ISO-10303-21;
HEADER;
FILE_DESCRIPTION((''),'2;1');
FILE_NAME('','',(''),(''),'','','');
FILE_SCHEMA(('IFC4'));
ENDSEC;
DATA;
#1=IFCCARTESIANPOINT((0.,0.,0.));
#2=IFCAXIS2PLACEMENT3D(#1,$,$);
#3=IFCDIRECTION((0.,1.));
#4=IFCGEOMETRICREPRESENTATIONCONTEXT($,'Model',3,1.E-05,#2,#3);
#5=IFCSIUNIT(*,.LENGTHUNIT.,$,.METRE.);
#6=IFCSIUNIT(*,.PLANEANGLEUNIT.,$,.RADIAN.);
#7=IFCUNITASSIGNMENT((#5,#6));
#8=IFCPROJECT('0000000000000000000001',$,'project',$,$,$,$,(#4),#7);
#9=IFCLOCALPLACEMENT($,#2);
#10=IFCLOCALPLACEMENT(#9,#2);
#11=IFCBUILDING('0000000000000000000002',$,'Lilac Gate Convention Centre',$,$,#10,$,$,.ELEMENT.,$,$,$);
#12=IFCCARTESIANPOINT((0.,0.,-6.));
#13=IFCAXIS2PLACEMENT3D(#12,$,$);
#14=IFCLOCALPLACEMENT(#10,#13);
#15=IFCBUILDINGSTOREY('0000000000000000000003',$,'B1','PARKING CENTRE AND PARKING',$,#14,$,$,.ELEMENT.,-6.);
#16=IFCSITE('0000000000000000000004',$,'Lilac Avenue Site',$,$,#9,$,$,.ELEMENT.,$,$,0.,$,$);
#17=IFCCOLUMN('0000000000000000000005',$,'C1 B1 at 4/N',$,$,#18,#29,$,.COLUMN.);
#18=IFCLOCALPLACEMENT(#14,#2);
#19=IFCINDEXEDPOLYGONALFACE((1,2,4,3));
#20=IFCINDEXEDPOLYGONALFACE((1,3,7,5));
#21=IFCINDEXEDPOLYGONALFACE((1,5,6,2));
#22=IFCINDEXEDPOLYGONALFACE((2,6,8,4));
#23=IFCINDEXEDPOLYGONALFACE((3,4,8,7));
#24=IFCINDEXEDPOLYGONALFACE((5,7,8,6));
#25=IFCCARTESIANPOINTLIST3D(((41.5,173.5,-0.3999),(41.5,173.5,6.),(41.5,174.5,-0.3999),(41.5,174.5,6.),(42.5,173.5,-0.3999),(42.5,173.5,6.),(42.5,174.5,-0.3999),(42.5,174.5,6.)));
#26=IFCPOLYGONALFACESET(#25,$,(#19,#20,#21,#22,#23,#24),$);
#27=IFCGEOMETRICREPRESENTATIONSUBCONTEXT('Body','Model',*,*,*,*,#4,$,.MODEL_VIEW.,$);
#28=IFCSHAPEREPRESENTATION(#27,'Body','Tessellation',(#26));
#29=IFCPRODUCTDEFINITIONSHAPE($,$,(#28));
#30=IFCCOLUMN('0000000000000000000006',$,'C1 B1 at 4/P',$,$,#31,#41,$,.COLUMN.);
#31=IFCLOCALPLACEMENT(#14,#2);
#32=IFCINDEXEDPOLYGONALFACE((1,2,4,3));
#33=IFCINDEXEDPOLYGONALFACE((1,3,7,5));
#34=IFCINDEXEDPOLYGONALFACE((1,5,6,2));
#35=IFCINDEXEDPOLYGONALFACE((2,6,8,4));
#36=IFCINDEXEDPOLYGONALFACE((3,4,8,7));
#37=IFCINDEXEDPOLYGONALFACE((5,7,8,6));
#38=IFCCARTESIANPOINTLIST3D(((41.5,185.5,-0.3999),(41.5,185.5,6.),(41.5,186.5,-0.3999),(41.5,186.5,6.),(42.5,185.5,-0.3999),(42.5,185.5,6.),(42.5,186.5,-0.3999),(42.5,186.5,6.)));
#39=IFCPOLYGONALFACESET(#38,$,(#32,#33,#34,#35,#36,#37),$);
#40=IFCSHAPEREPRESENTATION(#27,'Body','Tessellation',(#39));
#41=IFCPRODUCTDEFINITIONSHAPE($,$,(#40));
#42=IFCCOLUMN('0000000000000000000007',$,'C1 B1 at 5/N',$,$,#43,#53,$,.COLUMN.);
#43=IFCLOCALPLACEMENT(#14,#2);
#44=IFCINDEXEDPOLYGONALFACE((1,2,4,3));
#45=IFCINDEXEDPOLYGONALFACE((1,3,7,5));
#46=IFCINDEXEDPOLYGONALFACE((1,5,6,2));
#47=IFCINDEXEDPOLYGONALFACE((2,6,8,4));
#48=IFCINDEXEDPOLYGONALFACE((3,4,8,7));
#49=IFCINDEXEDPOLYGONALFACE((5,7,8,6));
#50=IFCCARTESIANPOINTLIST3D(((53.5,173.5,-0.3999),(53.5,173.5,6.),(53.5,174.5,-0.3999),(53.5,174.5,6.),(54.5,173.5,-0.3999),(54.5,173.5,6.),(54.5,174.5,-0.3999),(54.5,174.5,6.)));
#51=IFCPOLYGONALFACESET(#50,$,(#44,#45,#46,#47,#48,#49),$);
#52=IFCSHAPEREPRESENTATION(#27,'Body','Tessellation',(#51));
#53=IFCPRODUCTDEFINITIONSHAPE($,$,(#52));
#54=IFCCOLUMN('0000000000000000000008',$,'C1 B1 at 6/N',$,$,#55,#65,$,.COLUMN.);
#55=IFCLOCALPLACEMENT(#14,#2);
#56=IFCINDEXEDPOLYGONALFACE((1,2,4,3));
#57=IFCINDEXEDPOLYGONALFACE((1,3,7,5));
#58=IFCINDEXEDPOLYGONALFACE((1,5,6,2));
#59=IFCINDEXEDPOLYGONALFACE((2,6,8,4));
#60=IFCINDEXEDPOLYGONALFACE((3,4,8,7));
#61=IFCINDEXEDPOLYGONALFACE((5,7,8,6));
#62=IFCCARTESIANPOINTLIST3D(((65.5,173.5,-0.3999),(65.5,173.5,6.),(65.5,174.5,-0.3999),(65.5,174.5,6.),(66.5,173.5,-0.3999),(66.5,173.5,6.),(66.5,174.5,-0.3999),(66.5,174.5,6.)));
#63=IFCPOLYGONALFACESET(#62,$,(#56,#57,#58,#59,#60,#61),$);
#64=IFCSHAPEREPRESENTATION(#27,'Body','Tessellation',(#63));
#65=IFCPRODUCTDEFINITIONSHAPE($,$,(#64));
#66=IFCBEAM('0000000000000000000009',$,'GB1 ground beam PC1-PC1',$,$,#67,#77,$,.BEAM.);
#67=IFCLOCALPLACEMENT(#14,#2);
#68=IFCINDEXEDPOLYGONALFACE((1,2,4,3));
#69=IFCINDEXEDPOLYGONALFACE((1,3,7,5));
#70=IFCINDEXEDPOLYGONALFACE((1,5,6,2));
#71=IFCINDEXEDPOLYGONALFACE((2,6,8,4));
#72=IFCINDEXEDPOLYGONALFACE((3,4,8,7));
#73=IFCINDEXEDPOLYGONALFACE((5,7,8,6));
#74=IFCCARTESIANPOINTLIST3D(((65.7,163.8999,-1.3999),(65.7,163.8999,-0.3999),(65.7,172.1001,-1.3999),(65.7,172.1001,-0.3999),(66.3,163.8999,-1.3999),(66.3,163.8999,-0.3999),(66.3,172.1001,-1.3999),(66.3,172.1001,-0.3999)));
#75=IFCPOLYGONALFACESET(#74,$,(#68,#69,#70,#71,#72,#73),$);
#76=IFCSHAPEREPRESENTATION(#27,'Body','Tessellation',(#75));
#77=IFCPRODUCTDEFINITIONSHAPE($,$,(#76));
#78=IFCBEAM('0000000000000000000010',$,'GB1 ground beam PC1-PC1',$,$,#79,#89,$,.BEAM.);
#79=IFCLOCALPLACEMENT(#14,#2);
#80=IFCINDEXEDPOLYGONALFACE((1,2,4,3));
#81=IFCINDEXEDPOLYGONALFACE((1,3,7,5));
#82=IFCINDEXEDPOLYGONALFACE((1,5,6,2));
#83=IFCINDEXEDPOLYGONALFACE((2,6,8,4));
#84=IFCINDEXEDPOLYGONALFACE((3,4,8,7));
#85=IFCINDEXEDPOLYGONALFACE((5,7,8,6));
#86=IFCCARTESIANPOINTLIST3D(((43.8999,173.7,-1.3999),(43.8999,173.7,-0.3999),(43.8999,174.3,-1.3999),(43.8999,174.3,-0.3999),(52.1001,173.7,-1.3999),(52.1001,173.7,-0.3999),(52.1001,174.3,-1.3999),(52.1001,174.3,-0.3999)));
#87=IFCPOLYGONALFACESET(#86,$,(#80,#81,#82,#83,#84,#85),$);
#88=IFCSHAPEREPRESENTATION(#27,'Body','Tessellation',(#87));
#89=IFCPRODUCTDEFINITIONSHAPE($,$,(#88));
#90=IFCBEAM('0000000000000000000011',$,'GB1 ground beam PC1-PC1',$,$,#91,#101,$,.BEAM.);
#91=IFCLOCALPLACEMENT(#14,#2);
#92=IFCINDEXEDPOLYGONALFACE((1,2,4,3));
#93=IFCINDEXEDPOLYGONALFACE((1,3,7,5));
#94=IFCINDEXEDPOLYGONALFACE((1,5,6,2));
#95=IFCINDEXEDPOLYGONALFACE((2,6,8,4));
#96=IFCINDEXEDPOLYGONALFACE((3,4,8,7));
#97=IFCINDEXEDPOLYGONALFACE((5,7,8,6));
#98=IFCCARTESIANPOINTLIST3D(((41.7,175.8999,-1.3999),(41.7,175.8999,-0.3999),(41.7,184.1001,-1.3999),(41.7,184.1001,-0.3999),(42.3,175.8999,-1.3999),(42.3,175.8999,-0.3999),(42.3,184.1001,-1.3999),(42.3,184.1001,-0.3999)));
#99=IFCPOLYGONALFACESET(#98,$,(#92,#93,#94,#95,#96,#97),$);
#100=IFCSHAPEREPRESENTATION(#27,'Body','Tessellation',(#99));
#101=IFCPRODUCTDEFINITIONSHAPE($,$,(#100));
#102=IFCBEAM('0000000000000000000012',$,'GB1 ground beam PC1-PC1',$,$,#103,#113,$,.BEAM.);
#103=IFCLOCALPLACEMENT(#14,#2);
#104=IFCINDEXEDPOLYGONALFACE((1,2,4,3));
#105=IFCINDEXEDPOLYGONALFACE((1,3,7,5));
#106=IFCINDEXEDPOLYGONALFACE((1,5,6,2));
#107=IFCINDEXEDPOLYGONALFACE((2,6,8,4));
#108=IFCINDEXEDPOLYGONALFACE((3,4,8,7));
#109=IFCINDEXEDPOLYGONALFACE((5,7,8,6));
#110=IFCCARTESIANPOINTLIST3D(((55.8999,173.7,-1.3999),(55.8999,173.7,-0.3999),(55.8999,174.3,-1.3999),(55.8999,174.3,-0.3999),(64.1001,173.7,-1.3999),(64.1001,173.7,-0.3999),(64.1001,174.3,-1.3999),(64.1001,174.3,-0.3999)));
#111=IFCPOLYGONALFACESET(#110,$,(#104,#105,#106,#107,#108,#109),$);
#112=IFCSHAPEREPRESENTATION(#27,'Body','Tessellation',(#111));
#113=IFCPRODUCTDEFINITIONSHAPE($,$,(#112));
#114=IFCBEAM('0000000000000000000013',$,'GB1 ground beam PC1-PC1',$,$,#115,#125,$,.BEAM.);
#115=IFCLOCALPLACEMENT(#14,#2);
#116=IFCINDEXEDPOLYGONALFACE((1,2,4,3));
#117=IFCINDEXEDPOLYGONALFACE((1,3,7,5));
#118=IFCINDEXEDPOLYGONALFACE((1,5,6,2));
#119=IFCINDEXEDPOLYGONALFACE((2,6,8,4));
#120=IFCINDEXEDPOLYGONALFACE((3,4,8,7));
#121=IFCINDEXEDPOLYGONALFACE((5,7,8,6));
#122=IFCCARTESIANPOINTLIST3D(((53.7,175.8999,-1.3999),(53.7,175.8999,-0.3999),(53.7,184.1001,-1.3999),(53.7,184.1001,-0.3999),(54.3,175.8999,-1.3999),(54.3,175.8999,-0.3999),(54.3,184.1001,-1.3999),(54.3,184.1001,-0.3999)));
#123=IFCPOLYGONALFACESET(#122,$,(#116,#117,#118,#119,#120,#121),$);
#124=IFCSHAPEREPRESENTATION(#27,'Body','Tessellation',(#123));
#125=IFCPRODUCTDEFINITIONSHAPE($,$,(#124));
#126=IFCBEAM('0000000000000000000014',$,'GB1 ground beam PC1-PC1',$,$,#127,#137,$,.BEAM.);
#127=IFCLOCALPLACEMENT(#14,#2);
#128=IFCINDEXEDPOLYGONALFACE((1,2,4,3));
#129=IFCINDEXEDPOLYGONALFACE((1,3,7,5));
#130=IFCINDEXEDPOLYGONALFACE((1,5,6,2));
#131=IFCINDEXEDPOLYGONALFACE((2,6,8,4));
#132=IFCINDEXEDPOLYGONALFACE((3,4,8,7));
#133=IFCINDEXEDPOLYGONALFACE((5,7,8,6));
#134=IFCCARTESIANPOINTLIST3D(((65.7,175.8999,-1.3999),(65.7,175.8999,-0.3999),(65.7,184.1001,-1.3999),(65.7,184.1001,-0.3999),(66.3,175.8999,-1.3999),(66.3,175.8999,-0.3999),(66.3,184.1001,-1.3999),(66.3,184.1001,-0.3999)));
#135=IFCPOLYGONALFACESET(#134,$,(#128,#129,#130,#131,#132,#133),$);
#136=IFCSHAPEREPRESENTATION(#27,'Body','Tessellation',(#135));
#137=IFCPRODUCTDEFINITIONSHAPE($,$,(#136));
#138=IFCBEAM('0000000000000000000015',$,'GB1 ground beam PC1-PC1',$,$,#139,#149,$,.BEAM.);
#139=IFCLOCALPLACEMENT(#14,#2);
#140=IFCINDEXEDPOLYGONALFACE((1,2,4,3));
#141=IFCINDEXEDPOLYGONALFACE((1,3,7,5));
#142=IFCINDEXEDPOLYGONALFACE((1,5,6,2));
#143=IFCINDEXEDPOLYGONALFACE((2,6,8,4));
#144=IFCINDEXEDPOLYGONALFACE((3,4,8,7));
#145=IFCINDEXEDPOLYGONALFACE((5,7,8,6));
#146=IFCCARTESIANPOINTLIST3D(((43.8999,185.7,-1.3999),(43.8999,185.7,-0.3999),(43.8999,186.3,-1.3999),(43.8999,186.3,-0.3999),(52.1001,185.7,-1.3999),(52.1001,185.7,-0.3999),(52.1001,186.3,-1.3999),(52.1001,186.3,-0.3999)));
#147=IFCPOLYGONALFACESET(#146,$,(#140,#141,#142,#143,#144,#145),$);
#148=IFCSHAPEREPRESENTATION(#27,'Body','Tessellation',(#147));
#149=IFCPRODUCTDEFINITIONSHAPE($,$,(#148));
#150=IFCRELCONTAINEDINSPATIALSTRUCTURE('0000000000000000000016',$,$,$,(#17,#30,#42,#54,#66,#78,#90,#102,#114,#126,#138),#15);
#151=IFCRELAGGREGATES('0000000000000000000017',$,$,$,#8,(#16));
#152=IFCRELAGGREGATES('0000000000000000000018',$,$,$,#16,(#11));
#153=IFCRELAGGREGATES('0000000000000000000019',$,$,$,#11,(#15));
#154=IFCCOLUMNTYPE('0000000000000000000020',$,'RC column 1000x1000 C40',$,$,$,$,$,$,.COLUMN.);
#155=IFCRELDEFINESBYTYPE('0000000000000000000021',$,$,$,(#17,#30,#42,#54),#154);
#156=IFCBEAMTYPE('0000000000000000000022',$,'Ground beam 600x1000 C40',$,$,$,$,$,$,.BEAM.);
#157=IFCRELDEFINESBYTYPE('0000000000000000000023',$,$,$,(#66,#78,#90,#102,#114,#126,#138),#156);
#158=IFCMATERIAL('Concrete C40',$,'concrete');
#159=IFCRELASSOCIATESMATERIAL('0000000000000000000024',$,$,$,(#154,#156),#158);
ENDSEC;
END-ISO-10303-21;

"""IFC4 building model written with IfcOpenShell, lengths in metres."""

from ifc_helpers import new_model, si_unit, direction, frame, origin, origin_2d, place, context, subcontext, project, spatial, rectangle, extrude, material, material_profile, profile_set, type_object, element, save


model = new_model("IFC4")

# Units and contexts
model_context = context("Model", 3, precision=1e-05, world=origin(), true_north=direction((0.0, 1.0)))
body_context = subcontext(model_context, "Body", "Model", "MODEL_VIEW")
ifc_project = project(units=[si_unit("LENGTHUNIT", "METRE"), si_unit("PLANEANGLEUNIT", "RADIAN")], contexts=[model_context])

# Site, building, storey
site_placement = place(None, origin())
site = spatial("IfcSite", under=ifc_project, at=site_placement, Name="Lilac Avenue Site", CompositionType="ELEMENT", RefElevation=0.0)
building_placement = place(site_placement, origin())
building = spatial("IfcBuilding", under=site, at=building_placement, Name="Lilac Gate Convention Centre", CompositionType="ELEMENT")
storey_placement = place(building_placement, frame((0.0, 0.0, -6.0)))
storey = spatial("IfcBuildingStorey", under=building, at=storey_placement, Name="B1", Description="PARKING CENTRE AND PARKING", CompositionType="ELEMENT", Elevation=-6.0)

# Columns
ifc_material_1 = material(Name="Concrete C40", Category="concrete")
ifc_material_profile_1 = material_profile(ifc_material_1, rectangle(XDim=1.0, YDim=1.0, at=origin_2d()), Name="RC 1000x1000")
ifc_profile_set_1 = profile_set([ifc_material_profile_1], Name="Concrete C40")
column_type = type_object("IfcColumnType", Name="RC column 1000x1000 C40", PredefinedType="COLUMN", material=ifc_profile_set_1)
for number, where, z_axis, x_axis, name in (
    (1, (42.0, 174.0, -0.3999), (0.0, 0.0, 1.0), (1.0, 0.0, 0.0), "C1 B1 at 4/N"),
    (2, (42.0, 186.0, -0.3999), (0.0, 0.0, 1.0), (1.0, 0.0, 0.0), "C1 B1 at 4/P"),
    (3, (54.0, 174.0, -0.3999), (0.0, 0.0, 1.0), (1.0, 0.0, 0.0), "C1 B1 at 5/N"),
    (4, (66.0, 174.0, -0.3999), (0.0, 0.0, 1.0), (1.0, 0.0, 0.0), "C1 B1 at 6/N"),
):
    element("IfcColumn", number, at=place(storey_placement, frame(where, z_axis=z_axis, x_axis=x_axis)), inside=storey, type_object=column_type, Name=name, PredefinedType="COLUMN", context=body_context, shape_type="SweptSolid", body=[
        extrude(rectangle(XDim=1.0, YDim=1.0, at=origin_2d()), origin(), (0.0, 0.0, 1.0), 6.3999),
    ])

# Beams
ifc_material_profile_2 = material_profile(ifc_material_1, rectangle(XDim=0.6001, YDim=1.0, at=origin_2d()), Name="RC 600x1000")
ifc_profile_set_2 = profile_set([ifc_material_profile_2], Name="Concrete C40")
beam_type = type_object("IfcBeamType", Name="Ground beam 600x1000 C40", PredefinedType="BEAM", material=ifc_profile_set_2)
for number, where, z_axis, x_axis, name in (
    (5, (66.0, 163.8999, -0.8999), (0.0, 1.0, 0.0), (-1.0, 0.0, 0.0), "GB1 ground beam PC1-PC1"),
    (6, (43.8999, 174.0, -0.8999), (1.0, 0.0, 0.0), (0.0, 1.0, 0.0), "GB1 ground beam PC1-PC1"),
    (7, (42.0, 175.8999, -0.8999), (0.0, 1.0, 0.0), (-1.0, 0.0, 0.0), "GB1 ground beam PC1-PC1"),
    (8, (55.8999, 174.0, -0.8999), (1.0, 0.0, 0.0), (0.0, 1.0, 0.0), "GB1 ground beam PC1-PC1"),
    (9, (54.0, 175.8999, -0.8999), (0.0, 1.0, 0.0), (-1.0, 0.0, 0.0), "GB1 ground beam PC1-PC1"),
    (10, (66.0, 175.8999, -0.8999), (0.0, 1.0, 0.0), (-1.0, 0.0, 0.0), "GB1 ground beam PC1-PC1"),
    (11, (43.8999, 186.0, -0.8999), (1.0, 0.0, 0.0), (0.0, 1.0, 0.0), "GB1 ground beam PC1-PC1"),
):
    element("IfcBeam", number, at=place(storey_placement, frame(where, z_axis=z_axis, x_axis=x_axis)), inside=storey, type_object=beam_type, Name=name, PredefinedType="BEAM", context=body_context, shape_type="SweptSolid", body=[
        extrude(rectangle(XDim=0.6001, YDim=1.0, at=origin_2d()), origin(), (0.0, 0.0, 1.0), 8.2002),
    ])

save(model, "model.ifc")
